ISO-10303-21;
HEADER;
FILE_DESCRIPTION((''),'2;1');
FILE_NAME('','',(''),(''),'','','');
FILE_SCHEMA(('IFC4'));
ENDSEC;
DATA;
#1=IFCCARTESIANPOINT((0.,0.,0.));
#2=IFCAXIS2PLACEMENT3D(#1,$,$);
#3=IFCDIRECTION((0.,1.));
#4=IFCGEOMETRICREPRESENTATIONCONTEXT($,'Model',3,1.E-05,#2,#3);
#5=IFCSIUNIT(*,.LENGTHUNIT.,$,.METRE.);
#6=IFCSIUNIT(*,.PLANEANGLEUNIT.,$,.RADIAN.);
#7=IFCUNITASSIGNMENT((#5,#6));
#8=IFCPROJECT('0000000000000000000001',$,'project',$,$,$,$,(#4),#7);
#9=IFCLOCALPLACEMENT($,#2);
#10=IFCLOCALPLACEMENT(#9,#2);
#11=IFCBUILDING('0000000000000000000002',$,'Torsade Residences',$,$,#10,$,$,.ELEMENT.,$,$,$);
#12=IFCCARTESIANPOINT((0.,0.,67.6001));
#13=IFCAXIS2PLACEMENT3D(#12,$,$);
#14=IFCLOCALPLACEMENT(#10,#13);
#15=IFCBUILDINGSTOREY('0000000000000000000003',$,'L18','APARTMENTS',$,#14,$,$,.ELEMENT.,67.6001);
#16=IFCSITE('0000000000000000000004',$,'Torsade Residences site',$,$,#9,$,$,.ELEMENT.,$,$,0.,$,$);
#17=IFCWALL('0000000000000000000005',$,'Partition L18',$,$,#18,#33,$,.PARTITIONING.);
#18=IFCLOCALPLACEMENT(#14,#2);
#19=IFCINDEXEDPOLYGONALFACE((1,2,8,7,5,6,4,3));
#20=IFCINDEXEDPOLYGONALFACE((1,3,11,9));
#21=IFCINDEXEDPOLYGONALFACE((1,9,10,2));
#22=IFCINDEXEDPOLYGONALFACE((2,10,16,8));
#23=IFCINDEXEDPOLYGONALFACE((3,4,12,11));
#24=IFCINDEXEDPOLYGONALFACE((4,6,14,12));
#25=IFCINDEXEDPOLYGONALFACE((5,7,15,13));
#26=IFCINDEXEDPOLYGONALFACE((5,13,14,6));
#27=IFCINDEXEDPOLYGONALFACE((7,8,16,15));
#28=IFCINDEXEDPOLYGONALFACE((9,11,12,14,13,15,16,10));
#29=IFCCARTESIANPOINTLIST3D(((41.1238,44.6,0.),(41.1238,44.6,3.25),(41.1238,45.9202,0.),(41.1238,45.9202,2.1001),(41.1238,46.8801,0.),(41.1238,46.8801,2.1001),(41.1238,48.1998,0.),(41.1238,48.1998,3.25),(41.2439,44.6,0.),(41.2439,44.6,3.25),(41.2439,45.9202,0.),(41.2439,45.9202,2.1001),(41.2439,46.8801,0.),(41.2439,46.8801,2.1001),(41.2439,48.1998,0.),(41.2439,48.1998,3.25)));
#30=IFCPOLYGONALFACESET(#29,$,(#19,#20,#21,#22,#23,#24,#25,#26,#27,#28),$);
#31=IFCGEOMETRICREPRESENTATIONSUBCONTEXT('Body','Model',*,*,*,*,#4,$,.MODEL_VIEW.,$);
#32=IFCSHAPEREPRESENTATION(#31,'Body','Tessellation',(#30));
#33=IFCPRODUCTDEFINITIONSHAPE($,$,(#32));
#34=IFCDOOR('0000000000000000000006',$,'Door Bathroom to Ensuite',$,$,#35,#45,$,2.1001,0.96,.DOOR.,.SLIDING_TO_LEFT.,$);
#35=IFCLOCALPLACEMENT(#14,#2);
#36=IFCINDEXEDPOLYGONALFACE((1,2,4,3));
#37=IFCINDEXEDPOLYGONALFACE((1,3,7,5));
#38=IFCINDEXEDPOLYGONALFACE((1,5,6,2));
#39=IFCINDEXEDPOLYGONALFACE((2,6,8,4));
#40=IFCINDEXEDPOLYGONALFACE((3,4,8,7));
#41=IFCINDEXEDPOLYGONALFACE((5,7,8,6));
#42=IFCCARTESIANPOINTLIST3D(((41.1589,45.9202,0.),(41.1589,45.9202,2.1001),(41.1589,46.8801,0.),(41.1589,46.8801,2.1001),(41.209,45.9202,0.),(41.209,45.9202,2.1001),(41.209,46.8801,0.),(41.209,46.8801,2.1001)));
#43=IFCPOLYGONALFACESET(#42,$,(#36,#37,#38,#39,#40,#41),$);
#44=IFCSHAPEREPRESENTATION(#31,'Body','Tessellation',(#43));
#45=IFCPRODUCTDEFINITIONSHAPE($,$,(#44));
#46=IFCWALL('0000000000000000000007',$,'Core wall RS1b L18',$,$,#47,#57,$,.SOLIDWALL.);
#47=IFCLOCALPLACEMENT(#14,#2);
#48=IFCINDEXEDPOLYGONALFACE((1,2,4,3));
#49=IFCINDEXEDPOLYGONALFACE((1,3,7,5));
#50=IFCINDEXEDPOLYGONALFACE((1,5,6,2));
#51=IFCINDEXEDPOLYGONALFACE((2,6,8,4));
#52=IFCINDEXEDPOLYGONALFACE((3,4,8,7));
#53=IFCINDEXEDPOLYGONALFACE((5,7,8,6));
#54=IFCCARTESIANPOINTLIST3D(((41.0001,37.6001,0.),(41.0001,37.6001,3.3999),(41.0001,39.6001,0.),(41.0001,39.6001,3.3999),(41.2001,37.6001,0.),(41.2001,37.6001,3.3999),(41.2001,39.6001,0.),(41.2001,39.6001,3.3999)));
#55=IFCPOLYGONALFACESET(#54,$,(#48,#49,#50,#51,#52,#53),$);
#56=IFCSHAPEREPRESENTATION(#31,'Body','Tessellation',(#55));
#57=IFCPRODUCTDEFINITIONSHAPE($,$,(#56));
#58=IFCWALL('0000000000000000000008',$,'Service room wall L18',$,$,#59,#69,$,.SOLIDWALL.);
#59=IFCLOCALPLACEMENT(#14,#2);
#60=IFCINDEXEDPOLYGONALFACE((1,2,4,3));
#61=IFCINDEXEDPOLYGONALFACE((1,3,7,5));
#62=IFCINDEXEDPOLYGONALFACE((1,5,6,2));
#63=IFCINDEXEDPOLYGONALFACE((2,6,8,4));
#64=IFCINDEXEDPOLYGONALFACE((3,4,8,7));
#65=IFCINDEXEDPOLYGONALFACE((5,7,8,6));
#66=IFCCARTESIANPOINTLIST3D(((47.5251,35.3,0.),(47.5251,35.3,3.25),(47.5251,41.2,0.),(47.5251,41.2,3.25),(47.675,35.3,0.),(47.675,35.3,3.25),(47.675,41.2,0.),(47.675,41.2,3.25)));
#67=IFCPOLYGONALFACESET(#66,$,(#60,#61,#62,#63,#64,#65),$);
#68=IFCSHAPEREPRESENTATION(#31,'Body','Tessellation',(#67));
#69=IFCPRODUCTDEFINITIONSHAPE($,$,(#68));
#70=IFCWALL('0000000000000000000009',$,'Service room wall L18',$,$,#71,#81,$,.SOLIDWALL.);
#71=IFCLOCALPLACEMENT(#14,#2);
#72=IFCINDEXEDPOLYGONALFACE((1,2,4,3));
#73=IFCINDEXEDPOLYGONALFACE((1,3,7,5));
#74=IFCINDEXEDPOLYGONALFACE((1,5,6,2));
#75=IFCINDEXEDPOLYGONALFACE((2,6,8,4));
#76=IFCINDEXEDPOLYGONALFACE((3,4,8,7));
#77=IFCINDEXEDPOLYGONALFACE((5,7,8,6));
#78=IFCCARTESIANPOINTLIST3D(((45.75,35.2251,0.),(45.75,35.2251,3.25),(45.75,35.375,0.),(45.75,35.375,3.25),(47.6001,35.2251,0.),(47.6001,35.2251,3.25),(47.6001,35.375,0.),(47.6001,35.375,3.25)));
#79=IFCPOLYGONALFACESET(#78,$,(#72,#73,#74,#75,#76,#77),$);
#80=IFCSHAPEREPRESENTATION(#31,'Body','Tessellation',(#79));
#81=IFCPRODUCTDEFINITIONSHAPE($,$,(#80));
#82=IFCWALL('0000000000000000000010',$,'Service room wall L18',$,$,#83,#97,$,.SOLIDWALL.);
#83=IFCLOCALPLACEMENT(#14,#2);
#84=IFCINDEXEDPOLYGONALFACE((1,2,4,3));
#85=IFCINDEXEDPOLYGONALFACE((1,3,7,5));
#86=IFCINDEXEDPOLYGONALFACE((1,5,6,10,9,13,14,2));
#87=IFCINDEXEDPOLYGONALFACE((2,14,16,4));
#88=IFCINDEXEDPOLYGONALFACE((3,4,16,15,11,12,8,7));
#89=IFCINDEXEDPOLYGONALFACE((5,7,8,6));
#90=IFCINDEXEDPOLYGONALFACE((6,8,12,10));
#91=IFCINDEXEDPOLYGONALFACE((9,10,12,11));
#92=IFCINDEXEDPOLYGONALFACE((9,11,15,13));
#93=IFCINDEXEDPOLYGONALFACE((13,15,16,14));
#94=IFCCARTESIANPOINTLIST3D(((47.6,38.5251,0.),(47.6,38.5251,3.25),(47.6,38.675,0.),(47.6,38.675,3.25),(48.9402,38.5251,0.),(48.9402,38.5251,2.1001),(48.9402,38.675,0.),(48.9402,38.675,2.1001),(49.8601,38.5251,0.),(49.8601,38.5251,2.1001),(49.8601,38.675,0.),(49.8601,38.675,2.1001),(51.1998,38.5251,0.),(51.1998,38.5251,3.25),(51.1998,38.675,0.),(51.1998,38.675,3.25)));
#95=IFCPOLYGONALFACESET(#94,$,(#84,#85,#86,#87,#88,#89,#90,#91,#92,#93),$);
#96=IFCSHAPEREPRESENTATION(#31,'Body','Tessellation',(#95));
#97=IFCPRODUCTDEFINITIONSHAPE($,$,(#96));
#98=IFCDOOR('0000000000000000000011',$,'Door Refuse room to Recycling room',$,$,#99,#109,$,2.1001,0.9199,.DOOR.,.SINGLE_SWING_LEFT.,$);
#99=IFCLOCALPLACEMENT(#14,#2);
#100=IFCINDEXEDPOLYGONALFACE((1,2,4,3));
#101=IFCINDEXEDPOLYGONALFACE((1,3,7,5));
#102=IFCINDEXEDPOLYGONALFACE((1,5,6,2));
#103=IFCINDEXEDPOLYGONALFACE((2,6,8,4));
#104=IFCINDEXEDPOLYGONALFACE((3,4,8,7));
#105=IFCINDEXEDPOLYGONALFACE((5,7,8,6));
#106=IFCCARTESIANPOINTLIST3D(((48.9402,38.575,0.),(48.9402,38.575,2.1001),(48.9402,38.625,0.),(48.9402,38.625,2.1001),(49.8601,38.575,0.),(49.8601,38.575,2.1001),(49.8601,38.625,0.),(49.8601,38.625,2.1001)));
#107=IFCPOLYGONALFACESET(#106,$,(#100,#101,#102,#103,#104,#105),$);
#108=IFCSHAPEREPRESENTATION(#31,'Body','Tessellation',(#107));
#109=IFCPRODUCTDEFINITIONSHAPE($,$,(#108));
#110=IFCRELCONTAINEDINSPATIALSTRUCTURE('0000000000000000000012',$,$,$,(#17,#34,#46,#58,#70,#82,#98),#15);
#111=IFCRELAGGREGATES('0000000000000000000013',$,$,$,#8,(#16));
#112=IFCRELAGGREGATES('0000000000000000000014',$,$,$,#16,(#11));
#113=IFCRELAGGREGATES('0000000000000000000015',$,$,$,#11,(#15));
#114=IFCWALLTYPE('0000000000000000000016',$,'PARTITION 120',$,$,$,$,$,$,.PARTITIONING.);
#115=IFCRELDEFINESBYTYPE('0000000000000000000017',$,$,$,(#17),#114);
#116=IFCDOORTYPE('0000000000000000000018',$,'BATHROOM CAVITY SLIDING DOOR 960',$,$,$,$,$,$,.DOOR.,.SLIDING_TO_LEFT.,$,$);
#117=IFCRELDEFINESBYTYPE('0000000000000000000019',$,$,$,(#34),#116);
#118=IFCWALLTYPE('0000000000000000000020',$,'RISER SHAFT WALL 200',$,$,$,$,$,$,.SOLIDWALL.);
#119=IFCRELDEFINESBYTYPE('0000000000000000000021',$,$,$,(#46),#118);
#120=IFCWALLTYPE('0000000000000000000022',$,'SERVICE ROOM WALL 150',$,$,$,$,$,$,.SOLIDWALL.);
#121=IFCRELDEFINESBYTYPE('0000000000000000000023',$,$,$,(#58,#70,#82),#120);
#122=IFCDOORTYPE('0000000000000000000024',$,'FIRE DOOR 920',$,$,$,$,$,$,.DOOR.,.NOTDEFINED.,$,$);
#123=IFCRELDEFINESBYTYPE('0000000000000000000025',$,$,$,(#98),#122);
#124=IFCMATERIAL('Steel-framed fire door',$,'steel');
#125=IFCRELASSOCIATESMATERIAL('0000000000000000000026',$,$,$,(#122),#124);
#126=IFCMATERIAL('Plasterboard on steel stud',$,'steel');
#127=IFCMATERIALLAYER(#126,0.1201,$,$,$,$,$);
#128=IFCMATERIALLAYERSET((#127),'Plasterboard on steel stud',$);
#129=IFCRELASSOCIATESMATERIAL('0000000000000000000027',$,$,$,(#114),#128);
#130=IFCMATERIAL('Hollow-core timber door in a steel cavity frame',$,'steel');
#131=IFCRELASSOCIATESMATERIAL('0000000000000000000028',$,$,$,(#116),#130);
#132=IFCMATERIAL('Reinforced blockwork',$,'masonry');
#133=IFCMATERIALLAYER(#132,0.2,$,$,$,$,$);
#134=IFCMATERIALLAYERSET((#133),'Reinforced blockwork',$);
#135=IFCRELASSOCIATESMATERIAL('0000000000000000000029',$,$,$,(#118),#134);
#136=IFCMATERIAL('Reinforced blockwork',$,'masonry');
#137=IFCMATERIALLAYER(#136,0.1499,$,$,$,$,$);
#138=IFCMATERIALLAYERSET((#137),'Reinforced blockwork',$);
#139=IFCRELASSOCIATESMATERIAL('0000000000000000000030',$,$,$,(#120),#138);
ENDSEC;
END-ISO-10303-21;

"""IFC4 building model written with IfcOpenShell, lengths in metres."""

from ifc_helpers import new_model, si_unit, direction, frame, frame_2d, origin, place, context, subcontext, project, spatial, rectangle, extrude, material, layer, layer_set, type_object, element, fill, save


model = new_model("IFC4")

# Units and contexts
model_context = context("Model", 3, precision=1e-05, world=origin(), true_north=direction((0.0, 1.0)))
body_context = subcontext(model_context, "Body", "Model", "MODEL_VIEW")
ifc_project = project(units=[si_unit("LENGTHUNIT", "METRE"), si_unit("PLANEANGLEUNIT", "RADIAN")], contexts=[model_context])

# Site, building, storey
site_placement = place(None, origin())
site = spatial("IfcSite", under=ifc_project, at=site_placement, Name="Torsade Residences site", CompositionType="ELEMENT", RefElevation=0.0)
building_placement = place(site_placement, origin())
building = spatial("IfcBuilding", under=site, at=building_placement, Name="Torsade Residences", CompositionType="ELEMENT")
storey_placement = place(building_placement, frame((0.0, 0.0, 67.6001)))
storey = spatial("IfcBuildingStorey", under=building, at=storey_placement, Name="L18", Description="APARTMENTS", CompositionType="ELEMENT", Elevation=67.6001)

# Shared definitions
ifc_material_1 = material(Name="Steel-framed fire door", Category="steel")
door_type_1 = type_object("IfcDoorType", Name="FIRE DOOR 920", OperationType="NOTDEFINED", PredefinedType="DOOR", material=ifc_material_1)

# Wall, opening, door
ifc_material_2 = material(Name="Plasterboard on steel stud", Category="steel")
ifc_layer_1 = layer(ifc_material_2, 0.1201)
ifc_layer_set_1 = layer_set([ifc_layer_1], Name="Plasterboard on steel stud")
wall_type_1 = type_object("IfcWallType", Name="PARTITION 120", PredefinedType="PARTITIONING", material=ifc_layer_set_1)
ifc_material_3 = material(Name="Hollow-core timber door in a steel cavity frame", Category="steel")
door_type_2 = type_object("IfcDoorType", Name="BATHROOM CAVITY SLIDING DOOR 960", OperationType="SLIDING_TO_LEFT", PredefinedType="DOOR", material=ifc_material_3)
wall_1_placement = place(storey_placement, frame((41.1838, 44.6001, 0.0), z_axis=(0.0, 0.0, 1.0), x_axis=(0.0, 1.0, 0.0)))
wall_1 = element("IfcWall", 1, at=wall_1_placement, inside=storey, type_object=wall_type_1, Name="Partition L18", PredefinedType="PARTITIONING", context=body_context, shape_type="SweptSolid", body=[
    extrude(rectangle(XDim=3.5999, YDim=0.1201, at=frame_2d((1.7998, 0.0))), origin(), (0.0, 0.0, 1.0), 3.25),
])
opening_1_placement = place(wall_1_placement, frame((1.3201, 0.0, 0.0)))
opening_1 = element("IfcOpeningElement", 2, at=opening_1_placement, cuts=wall_1, PredefinedType="OPENING", context=body_context, shape_type="SweptSolid", body=[
    extrude(rectangle(XDim=0.96, YDim=2.1001, at=frame_2d((0.48, 1.05))), frame((0.0, 0.0701, 0.0), z_axis=(0.0, -1.0, 0.0), x_axis=(1.0, 0.0, 0.0)), (0.0, 0.0, 1.0), 0.1401),
])
door_1_placement = place(opening_1_placement, origin())
door_1 = element("IfcDoor", 3, at=door_1_placement, inside=storey, type_object=door_type_2, Name="Door Bathroom to Ensuite", OperationType="SLIDING_TO_LEFT", OverallHeight=2.1001, OverallWidth=0.96, PredefinedType="DOOR", context=body_context, shape_type="SweptSolid", body=[
    extrude(rectangle(XDim=0.96, YDim=2.1001, at=frame_2d((0.48, 1.05))), frame((0.0, 0.0249, 0.0), z_axis=(0.0, -1.0, 0.0), x_axis=(1.0, 0.0, 0.0)), (0.0, 0.0, 1.0), 0.05),
])
fill(opening_1, door_1)

# Walls
ifc_material_4 = material(Name="Reinforced blockwork", Category="masonry")
ifc_layer_2 = layer(ifc_material_4, 0.2)
ifc_layer_set_2 = layer_set([ifc_layer_2], Name="Reinforced blockwork")
wall_type_2 = type_object("IfcWallType", Name="RISER SHAFT WALL 200", PredefinedType="SOLIDWALL", material=ifc_layer_set_2)
wall_2_placement = place(storey_placement, frame((41.1001, 37.6001, 0.0), z_axis=(0.0, 0.0, 1.0), x_axis=(0.0, 1.0, 0.0)))
element("IfcWall", 4, at=wall_2_placement, inside=storey, type_object=wall_type_2, Name="Core wall RS1b L18", PredefinedType="SOLIDWALL", context=body_context, shape_type="SweptSolid", body=[
    extrude(rectangle(XDim=2.0, YDim=0.2, at=frame_2d((1.0, 0.0))), origin(), (0.0, 0.0, 1.0), 3.3999),
])
ifc_material_5 = material(Name="Reinforced blockwork", Category="masonry")
ifc_layer_3 = layer(ifc_material_5, 0.1499)
ifc_layer_set_3 = layer_set([ifc_layer_3], Name="Reinforced blockwork")
wall_type_3 = type_object("IfcWallType", Name="SERVICE ROOM WALL 150", PredefinedType="SOLIDWALL", material=ifc_layer_set_3)
wall_3_placement = place(storey_placement, frame((47.6001, 41.2, 0.0), z_axis=(0.0, 0.0, 1.0), x_axis=(0.0, -1.0, 0.0)))
element("IfcWall", 5, at=wall_3_placement, inside=storey, type_object=wall_type_3, Name="Service room wall L18", PredefinedType="SOLIDWALL", context=body_context, shape_type="SweptSolid", body=[
    extrude(rectangle(XDim=5.8999, YDim=0.1499, at=frame_2d((2.95, 0.0))), origin(), (0.0, 0.0, 1.0), 3.25),
])
wall_4_placement = place(storey_placement, frame((47.6001, 35.3, 0.0), z_axis=(0.0, 0.0, 1.0), x_axis=(-1.0, 0.0, 0.0)))
element("IfcWall", 6, at=wall_4_placement, inside=storey, type_object=wall_type_3, Name="Service room wall L18", PredefinedType="SOLIDWALL", context=body_context, shape_type="SweptSolid", body=[
    extrude(rectangle(XDim=1.8501, YDim=0.1499, at=frame_2d((0.925, 0.0))), origin(), (0.0, 0.0, 1.0), 3.25),
])

# Wall, opening, door
wall_5_placement = place(storey_placement, frame((47.6001, 38.6001, 0.0), z_axis=(0.0, 0.0, 1.0), x_axis=(1.0, 0.0, 0.0)))
wall_5 = element("IfcWall", 7, at=wall_5_placement, inside=storey, type_object=wall_type_3, Name="Service room wall L18", PredefinedType="SOLIDWALL", context=body_context, shape_type="SweptSolid", body=[
    extrude(rectangle(XDim=3.5999, YDim=0.1499, at=frame_2d((1.7998, 0.0))), origin(), (0.0, 0.0, 1.0), 3.25),
])
opening_2_placement = place(wall_5_placement, frame((1.3401, 0.0, 0.0)))
opening_2 = element("IfcOpeningElement", 8, at=opening_2_placement, cuts=wall_5, PredefinedType="OPENING", context=body_context, shape_type="SweptSolid", body=[
    extrude(rectangle(XDim=0.9199, YDim=2.1001, at=frame_2d((0.46, 1.05))), frame((0.0, 0.085, 0.0), z_axis=(0.0, -1.0, 0.0), x_axis=(1.0, 0.0, 0.0)), (0.0, 0.0, 1.0), 0.1699),
])
door_2_placement = place(opening_2_placement, origin())
door_2 = element("IfcDoor", 9, at=door_2_placement, inside=storey, type_object=door_type_1, Name="Door Refuse room to Recycling room", OperationType="SINGLE_SWING_LEFT", OverallHeight=2.1001, OverallWidth=0.9199, PredefinedType="DOOR", context=body_context, shape_type="SweptSolid", body=[
    extrude(rectangle(XDim=0.9199, YDim=2.1001, at=frame_2d((0.46, 1.05))), frame((0.0, 0.0249, 0.0), z_axis=(0.0, -1.0, 0.0), x_axis=(1.0, 0.0, 0.0)), (0.0, 0.0, 1.0), 0.05),
])
fill(opening_2, door_2)

save(model, "model.ifc")
